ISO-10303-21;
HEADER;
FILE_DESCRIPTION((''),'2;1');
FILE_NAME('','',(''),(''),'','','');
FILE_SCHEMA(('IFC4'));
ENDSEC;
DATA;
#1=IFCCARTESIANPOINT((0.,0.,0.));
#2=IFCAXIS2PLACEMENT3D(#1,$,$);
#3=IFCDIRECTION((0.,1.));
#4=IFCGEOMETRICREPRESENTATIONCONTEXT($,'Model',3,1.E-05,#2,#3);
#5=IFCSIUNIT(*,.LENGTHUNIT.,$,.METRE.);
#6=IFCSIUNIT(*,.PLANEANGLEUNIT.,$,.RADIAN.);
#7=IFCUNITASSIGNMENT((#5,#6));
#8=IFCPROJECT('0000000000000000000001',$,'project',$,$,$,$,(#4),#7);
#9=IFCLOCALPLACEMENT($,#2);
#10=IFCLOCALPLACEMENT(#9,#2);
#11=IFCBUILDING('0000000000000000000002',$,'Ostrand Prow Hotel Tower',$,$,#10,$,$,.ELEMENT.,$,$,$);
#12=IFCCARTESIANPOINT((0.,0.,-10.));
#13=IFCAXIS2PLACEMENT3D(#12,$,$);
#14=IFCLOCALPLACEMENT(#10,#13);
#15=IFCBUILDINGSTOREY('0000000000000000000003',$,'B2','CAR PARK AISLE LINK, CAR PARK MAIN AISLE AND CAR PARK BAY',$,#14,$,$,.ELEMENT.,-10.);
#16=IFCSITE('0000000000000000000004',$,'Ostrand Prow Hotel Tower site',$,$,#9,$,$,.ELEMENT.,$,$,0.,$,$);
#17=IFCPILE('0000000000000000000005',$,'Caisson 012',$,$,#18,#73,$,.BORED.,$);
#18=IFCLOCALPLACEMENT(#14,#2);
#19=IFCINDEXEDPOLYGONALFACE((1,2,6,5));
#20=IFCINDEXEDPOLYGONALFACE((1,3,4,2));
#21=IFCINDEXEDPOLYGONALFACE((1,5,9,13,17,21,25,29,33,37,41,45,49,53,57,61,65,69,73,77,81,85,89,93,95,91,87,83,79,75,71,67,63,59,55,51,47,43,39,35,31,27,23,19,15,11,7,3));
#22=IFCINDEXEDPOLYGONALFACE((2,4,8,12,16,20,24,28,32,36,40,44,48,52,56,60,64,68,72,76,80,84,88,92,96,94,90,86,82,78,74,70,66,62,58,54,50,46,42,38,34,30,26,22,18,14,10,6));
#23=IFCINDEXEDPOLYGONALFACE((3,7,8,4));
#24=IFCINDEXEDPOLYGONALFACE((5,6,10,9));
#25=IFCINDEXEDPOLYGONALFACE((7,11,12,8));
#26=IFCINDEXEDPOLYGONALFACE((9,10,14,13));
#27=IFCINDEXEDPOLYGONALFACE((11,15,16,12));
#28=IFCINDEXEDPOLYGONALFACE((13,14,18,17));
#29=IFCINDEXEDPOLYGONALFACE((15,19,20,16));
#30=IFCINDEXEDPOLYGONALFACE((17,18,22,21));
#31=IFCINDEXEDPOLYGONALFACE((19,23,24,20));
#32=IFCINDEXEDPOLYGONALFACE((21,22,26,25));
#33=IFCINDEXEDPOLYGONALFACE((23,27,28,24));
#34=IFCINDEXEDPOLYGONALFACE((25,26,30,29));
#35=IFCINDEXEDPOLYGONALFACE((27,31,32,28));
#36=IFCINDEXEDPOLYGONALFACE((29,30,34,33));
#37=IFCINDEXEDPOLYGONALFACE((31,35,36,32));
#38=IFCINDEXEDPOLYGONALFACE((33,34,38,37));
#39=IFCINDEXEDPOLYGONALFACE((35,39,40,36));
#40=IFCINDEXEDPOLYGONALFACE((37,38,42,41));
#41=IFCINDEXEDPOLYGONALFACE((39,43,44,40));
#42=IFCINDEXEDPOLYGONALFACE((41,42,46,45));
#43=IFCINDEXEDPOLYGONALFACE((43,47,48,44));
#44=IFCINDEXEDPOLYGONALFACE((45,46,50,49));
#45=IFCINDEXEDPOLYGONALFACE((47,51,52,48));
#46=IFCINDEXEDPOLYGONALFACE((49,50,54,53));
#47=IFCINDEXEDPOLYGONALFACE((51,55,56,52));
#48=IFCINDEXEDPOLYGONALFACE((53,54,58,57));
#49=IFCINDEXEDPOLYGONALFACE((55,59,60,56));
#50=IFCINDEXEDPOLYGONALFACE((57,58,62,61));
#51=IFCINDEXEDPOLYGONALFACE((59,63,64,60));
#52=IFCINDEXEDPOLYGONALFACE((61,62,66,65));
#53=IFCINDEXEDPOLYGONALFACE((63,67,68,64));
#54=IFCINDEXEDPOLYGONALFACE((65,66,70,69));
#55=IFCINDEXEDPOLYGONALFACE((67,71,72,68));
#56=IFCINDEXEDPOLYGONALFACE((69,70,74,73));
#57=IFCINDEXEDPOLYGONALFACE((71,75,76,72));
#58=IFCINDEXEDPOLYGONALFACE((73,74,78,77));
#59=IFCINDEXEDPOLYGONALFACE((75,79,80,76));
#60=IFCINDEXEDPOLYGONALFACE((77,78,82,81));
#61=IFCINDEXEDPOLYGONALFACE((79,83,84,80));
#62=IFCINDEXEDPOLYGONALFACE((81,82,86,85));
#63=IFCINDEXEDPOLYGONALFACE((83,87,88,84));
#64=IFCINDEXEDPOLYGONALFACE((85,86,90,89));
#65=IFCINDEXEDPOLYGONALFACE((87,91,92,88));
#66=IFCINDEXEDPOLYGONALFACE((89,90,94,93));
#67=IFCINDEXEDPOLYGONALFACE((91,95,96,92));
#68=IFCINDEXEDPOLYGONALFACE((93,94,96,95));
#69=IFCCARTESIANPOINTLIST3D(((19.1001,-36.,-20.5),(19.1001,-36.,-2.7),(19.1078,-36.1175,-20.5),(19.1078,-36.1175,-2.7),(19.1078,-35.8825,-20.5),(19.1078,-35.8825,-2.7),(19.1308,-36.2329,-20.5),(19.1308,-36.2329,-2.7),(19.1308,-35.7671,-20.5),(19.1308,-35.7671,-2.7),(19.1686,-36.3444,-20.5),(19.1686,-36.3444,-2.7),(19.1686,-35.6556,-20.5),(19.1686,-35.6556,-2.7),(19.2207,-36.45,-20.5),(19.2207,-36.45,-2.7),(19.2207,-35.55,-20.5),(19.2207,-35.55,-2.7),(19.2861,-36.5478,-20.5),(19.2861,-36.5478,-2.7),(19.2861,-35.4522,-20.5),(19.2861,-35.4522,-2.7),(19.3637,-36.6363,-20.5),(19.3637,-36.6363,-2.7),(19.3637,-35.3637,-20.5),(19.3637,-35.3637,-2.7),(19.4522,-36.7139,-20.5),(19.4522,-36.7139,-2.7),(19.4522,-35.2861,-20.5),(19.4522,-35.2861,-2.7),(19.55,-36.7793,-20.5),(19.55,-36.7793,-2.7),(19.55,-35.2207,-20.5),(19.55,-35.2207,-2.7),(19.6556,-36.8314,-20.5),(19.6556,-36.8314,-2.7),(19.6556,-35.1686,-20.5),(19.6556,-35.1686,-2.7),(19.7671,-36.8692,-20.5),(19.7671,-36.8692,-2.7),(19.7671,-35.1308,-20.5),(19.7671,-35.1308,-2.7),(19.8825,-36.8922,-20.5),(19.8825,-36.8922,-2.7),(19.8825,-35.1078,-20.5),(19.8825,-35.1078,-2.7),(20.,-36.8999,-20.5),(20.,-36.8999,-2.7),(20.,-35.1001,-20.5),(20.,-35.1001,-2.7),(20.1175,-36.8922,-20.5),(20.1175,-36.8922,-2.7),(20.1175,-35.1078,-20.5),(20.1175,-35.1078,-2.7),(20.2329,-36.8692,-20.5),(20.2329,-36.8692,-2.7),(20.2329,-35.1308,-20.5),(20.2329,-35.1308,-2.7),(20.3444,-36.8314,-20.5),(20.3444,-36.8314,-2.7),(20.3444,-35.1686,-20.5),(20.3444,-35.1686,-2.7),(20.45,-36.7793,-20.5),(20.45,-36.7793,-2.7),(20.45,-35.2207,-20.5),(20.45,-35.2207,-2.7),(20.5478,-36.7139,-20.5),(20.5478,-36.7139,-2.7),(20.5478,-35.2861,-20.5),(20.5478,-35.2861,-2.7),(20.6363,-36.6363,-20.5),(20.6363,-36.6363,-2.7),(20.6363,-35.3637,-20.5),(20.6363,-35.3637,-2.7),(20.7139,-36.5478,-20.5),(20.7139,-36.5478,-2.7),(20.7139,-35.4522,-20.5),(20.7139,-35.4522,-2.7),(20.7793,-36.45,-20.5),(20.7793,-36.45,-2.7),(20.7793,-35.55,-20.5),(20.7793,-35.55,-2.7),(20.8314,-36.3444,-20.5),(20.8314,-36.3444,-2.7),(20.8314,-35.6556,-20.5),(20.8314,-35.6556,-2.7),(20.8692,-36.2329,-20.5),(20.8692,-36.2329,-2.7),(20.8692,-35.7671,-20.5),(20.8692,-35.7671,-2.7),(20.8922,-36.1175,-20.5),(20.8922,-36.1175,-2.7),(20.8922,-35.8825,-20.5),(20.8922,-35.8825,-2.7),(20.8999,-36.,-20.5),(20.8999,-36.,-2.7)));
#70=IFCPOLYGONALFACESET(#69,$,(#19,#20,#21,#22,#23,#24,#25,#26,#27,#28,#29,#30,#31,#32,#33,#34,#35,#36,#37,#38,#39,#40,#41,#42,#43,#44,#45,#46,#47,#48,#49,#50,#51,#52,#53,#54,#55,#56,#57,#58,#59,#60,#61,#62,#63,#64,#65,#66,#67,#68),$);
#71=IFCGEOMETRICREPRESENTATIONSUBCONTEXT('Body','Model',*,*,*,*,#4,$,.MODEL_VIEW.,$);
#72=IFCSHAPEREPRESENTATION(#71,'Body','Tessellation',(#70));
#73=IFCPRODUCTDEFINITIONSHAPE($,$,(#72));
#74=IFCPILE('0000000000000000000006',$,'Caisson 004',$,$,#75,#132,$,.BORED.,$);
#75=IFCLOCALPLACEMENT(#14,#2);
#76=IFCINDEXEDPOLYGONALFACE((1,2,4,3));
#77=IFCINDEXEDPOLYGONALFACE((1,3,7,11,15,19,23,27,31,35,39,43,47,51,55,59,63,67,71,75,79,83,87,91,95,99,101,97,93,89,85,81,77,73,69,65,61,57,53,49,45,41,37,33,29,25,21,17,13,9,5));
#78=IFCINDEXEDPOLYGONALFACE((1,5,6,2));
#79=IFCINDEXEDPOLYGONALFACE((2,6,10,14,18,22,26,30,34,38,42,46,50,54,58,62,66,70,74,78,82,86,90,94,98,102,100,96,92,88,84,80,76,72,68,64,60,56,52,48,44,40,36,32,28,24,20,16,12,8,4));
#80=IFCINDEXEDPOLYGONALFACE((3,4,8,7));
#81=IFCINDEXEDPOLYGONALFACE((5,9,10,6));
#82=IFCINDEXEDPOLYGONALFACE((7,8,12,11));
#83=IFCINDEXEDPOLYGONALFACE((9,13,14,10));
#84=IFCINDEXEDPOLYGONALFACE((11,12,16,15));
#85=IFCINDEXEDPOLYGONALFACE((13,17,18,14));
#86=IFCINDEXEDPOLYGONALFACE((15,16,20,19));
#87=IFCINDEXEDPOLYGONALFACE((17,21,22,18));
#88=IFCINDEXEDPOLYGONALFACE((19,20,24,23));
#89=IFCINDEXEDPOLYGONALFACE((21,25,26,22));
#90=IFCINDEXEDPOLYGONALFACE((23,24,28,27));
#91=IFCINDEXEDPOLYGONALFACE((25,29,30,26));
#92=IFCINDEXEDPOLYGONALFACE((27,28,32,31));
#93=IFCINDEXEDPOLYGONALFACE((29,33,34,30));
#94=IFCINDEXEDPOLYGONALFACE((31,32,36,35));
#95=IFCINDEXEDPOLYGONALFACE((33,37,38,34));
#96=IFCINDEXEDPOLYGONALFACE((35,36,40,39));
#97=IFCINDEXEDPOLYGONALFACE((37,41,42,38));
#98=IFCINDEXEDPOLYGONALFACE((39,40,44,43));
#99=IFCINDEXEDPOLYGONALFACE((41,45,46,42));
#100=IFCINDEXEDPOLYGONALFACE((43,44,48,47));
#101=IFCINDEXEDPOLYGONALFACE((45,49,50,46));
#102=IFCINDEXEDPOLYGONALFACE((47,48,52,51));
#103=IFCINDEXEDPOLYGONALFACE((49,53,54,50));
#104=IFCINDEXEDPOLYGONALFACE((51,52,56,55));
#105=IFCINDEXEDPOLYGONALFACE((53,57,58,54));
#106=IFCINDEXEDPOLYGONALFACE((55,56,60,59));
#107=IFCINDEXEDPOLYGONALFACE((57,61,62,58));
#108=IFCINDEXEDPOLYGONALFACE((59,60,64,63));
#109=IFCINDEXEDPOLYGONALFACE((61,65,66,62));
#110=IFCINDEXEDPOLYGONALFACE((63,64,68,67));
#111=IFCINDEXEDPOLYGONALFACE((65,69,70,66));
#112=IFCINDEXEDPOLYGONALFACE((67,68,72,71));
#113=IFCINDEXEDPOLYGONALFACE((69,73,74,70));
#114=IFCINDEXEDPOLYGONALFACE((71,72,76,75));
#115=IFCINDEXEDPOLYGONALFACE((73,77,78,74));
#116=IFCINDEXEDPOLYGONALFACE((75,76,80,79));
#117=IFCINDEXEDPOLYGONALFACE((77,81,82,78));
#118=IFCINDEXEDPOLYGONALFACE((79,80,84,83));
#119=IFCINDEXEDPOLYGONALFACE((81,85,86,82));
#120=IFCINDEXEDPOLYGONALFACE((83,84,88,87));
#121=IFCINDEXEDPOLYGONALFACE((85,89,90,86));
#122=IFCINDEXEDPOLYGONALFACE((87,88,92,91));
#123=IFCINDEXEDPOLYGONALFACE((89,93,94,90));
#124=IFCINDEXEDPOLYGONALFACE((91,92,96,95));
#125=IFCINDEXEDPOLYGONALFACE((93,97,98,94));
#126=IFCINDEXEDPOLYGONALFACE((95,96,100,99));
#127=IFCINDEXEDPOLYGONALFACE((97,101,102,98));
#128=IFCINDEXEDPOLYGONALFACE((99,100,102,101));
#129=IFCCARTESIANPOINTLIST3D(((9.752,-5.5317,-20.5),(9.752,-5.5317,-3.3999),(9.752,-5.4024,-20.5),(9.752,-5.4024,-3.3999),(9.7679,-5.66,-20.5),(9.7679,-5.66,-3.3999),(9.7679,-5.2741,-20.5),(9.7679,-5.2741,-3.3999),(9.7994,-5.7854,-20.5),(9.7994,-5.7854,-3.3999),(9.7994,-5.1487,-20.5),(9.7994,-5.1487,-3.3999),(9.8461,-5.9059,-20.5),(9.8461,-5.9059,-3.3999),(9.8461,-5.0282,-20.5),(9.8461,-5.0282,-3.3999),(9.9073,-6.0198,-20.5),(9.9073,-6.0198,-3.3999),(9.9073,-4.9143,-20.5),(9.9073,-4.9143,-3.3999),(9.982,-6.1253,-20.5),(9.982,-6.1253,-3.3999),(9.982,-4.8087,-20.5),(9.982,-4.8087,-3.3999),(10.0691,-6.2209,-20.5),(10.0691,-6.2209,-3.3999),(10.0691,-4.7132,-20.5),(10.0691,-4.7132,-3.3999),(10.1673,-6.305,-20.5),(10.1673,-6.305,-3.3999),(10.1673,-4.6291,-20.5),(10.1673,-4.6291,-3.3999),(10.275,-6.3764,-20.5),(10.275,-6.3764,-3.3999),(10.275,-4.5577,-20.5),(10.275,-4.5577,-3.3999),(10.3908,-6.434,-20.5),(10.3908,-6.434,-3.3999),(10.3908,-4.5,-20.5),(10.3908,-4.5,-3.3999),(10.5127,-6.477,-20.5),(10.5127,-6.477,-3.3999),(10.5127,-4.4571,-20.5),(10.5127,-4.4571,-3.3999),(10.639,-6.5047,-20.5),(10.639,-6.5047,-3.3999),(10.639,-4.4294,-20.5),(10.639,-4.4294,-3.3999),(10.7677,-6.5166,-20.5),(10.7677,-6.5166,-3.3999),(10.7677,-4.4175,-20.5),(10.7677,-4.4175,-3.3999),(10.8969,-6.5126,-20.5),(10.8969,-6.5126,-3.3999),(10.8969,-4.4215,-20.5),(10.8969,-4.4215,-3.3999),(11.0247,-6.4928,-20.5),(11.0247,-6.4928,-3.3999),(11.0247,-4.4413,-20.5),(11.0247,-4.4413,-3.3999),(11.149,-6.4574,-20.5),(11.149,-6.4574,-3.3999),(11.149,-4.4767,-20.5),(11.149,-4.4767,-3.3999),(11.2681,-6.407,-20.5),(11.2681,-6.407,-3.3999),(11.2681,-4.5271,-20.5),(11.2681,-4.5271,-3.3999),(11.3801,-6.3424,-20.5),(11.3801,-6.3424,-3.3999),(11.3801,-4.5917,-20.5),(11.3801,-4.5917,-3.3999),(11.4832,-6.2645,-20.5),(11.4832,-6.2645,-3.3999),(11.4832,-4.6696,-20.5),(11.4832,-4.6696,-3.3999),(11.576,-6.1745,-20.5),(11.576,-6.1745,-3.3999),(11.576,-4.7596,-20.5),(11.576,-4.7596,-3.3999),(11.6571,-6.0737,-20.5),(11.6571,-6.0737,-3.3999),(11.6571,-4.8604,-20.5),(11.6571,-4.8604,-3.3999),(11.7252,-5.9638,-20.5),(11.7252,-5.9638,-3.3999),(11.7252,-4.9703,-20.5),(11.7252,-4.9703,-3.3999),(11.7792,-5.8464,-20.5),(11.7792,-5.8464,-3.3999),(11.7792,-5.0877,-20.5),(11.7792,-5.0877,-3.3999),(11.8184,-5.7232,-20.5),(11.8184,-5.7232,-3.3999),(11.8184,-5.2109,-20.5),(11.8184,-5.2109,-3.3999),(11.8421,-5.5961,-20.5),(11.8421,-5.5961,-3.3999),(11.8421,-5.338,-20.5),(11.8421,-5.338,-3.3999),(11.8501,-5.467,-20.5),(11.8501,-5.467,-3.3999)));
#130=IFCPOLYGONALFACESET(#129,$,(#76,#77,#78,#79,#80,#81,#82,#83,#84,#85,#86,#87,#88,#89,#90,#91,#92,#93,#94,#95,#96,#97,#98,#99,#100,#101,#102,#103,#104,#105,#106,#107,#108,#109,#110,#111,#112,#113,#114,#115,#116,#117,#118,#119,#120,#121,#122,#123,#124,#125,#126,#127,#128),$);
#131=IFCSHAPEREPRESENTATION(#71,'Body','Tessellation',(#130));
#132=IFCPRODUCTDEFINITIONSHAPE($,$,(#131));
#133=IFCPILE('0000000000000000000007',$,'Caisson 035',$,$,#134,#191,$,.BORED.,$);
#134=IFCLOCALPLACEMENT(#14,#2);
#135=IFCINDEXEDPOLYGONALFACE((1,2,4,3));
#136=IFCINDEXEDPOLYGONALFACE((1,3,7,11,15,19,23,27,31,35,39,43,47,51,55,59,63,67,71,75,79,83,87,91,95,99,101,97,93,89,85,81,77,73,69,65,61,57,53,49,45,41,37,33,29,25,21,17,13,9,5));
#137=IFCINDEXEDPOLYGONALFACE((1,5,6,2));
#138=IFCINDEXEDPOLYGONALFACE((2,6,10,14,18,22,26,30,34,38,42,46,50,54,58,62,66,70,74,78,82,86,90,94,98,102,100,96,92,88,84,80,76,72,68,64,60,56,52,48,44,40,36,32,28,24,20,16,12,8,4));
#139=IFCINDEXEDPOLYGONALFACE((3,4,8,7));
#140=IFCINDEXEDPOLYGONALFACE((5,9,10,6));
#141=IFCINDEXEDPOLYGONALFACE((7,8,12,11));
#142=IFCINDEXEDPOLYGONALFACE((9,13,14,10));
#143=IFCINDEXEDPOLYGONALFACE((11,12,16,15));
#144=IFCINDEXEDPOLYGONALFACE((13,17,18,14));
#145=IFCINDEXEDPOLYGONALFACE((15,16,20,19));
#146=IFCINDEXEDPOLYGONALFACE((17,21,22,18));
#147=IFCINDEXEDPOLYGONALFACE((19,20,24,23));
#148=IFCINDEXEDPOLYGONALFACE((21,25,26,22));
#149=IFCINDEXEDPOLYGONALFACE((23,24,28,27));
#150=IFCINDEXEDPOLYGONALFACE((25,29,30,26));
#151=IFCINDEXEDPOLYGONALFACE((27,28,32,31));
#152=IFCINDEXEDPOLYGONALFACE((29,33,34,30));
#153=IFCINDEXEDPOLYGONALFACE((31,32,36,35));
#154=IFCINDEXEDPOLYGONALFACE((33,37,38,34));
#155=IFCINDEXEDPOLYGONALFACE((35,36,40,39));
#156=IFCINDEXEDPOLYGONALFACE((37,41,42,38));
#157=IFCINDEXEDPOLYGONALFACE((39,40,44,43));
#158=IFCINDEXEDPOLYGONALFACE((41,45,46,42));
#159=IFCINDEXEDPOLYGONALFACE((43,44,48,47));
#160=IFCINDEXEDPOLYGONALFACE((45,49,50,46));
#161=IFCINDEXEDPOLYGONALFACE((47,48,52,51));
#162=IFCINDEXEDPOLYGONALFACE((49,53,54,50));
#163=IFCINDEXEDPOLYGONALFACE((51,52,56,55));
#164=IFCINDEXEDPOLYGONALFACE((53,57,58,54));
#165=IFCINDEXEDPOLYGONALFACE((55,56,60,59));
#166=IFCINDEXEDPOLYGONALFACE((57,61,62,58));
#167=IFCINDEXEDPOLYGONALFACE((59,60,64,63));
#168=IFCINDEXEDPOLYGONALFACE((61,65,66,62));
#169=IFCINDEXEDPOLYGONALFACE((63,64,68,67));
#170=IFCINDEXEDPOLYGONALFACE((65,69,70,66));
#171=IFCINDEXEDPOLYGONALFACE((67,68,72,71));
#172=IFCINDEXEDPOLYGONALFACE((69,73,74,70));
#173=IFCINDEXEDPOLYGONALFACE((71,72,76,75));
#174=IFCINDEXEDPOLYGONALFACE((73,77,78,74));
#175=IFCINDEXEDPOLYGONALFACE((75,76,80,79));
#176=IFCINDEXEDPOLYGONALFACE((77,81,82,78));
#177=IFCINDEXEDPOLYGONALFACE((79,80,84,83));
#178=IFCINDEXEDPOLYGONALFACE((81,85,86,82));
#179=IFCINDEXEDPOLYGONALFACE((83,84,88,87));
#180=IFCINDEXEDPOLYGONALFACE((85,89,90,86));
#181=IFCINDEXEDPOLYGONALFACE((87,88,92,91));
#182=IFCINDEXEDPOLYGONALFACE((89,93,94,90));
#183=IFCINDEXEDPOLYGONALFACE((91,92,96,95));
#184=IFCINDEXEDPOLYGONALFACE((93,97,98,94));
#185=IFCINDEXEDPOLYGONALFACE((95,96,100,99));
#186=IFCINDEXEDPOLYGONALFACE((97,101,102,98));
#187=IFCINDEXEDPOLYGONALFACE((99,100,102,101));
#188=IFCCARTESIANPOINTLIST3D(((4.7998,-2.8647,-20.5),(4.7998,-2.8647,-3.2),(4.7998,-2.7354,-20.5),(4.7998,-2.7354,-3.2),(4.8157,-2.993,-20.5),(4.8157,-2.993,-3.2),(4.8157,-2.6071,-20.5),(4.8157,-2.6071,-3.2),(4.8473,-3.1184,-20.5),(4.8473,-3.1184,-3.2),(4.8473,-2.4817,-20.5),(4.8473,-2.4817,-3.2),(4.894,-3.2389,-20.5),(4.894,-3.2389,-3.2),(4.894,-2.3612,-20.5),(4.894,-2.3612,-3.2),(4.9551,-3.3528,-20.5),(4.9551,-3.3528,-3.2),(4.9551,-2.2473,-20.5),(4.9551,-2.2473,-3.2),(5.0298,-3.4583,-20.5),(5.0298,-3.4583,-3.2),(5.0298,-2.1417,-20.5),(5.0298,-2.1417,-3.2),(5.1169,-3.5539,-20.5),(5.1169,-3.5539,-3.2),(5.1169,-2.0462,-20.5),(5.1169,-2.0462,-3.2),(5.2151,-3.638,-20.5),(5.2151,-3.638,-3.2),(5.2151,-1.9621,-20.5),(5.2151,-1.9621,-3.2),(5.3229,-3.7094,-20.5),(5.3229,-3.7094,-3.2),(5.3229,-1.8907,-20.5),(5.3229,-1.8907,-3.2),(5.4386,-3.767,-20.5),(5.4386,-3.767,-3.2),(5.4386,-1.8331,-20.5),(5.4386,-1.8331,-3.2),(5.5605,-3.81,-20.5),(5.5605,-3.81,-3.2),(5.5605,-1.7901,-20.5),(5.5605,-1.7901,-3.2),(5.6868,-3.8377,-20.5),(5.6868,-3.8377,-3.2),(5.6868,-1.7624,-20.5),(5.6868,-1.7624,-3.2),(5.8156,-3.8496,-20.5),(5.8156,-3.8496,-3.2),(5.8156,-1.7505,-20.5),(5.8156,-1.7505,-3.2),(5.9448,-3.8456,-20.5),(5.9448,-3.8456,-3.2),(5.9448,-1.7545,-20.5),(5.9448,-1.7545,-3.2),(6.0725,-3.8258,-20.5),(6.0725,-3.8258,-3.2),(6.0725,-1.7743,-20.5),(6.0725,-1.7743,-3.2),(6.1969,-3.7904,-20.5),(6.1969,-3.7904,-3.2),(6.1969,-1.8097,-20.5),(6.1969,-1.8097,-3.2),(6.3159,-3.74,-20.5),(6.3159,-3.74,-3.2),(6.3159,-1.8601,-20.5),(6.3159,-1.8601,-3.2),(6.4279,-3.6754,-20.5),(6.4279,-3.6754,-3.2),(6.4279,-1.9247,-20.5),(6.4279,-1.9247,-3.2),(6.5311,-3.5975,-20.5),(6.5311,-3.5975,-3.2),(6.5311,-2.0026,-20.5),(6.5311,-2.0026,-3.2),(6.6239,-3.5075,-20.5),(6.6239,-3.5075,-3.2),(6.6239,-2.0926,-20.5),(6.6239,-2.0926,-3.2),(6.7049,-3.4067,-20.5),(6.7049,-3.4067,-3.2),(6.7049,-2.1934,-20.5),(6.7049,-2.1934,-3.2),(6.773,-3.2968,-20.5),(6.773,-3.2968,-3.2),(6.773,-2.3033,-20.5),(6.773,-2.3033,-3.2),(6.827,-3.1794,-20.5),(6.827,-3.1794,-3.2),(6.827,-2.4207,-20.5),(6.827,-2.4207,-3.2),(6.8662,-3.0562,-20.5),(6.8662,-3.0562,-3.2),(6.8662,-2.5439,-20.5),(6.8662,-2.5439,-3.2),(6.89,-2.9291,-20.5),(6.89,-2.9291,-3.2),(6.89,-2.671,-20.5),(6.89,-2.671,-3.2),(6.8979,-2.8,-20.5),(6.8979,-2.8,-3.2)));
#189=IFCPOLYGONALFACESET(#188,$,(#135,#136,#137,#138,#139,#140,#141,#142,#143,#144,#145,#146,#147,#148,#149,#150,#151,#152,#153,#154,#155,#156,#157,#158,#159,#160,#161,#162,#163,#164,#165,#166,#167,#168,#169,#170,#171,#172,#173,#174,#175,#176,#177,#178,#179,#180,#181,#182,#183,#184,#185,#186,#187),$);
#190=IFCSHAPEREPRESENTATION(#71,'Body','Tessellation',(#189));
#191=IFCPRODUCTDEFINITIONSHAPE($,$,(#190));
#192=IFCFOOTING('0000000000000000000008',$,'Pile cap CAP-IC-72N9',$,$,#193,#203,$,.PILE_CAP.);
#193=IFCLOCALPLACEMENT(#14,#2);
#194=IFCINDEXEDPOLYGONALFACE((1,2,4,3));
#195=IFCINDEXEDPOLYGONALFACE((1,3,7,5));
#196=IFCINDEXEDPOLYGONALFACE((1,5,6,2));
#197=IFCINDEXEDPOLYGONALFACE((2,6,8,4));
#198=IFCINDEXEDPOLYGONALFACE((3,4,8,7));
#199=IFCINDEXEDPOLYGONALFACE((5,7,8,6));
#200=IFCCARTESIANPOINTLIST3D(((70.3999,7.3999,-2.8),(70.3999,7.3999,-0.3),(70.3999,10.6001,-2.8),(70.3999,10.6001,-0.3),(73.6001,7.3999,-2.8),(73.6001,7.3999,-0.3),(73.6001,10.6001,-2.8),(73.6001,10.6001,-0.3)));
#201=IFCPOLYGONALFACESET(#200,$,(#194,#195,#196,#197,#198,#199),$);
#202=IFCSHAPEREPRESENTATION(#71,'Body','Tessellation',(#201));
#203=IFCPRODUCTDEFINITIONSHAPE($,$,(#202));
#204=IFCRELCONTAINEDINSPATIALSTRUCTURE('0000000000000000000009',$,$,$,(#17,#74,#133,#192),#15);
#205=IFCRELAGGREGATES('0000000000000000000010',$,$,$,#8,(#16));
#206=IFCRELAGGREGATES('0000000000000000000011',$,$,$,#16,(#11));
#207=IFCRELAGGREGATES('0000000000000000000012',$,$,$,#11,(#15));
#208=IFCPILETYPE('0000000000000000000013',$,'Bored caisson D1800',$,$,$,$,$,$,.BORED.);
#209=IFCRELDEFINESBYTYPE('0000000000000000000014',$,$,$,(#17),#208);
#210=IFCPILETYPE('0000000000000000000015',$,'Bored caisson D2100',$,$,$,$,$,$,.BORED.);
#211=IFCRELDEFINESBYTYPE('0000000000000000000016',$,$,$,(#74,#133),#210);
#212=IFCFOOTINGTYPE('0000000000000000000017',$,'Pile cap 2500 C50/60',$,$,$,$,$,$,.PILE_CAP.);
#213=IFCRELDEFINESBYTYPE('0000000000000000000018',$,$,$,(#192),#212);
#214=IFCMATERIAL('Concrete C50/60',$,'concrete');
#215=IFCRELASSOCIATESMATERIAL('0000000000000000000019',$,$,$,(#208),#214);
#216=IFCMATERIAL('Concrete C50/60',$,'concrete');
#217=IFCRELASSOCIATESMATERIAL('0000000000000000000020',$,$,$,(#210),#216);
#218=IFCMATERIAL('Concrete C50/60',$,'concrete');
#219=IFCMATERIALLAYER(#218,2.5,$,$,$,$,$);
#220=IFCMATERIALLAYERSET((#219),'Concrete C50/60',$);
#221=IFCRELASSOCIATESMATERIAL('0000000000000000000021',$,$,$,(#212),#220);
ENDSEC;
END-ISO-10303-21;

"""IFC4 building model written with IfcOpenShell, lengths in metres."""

from ifc_helpers import new_model, si_unit, direction, frame, origin, origin_2d, place, context, subcontext, project, spatial, polyline, circle, outline, extrude, material, layer, layer_set, type_object, element, save


model = new_model("IFC4")

# Units and contexts
model_context = context("Model", 3, precision=1e-05, world=origin(), true_north=direction((0.0, 1.0)))
body_context = subcontext(model_context, "Body", "Model", "MODEL_VIEW")
ifc_project = project(units=[si_unit("LENGTHUNIT", "METRE"), si_unit("PLANEANGLEUNIT", "RADIAN")], contexts=[model_context])

# Site, building, storey
site_placement = place(None, origin())
site = spatial("IfcSite", under=ifc_project, at=site_placement, Name="Ostrand Prow Hotel Tower site", CompositionType="ELEMENT", RefElevation=0.0)
building_placement = place(site_placement, origin())
building = spatial("IfcBuilding", under=site, at=building_placement, Name="Ostrand Prow Hotel Tower", CompositionType="ELEMENT")
storey_placement = place(building_placement, frame((0.0, 0.0, -10.0)))
storey = spatial("IfcBuildingStorey", under=building, at=storey_placement, Name="B2", Description="CAR PARK AISLE LINK, CAR PARK MAIN AISLE AND CAR PARK BAY", CompositionType="ELEMENT", Elevation=-10.0)

# Piles
ifc_material_1 = material(Name="Concrete C50/60", Category="concrete")
pile_type_1 = type_object("IfcPileType", Name="Bored caisson D1800", PredefinedType="BORED", material=ifc_material_1)
pile_1_placement = place(storey_placement, frame((20.0, -36.0, -2.7), z_axis=(0.0, 0.0, -1.0), x_axis=(1.0, 0.0, 0.0)))
element("IfcPile", 1, at=pile_1_placement, inside=storey, type_object=pile_type_1, Name="Caisson 012", PredefinedType="BORED", context=body_context, shape_type="SweptSolid", body=[
    extrude(circle(Radius=0.8999, at=origin_2d()), origin(), (0.0, 0.0, 1.0), 17.8),
])
ifc_material_2 = material(Name="Concrete C50/60", Category="concrete")
pile_type_2 = type_object("IfcPileType", Name="Bored caisson D2100", PredefinedType="BORED", material=ifc_material_2)
pile_2_placement = place(storey_placement, frame((10.8, -5.467, -3.3999), z_axis=(0.0, 0.0, -1.0), x_axis=(1.0, 0.0, 0.0)))
element("IfcPile", 2, at=pile_2_placement, inside=storey, type_object=pile_type_2, Name="Caisson 004", PredefinedType="BORED", context=body_context, shape_type="SweptSolid", body=[
    extrude(circle(Radius=1.05, at=origin_2d()), origin(), (0.0, 0.0, 1.0), 17.1001),
])
pile_3_placement = place(storey_placement, frame((5.8479, -2.8, -3.2), z_axis=(0.0, 0.0, -1.0), x_axis=(1.0, 0.0, 0.0)))
element("IfcPile", 3, at=pile_3_placement, inside=storey, type_object=pile_type_2, Name="Caisson 035", PredefinedType="BORED", context=body_context, shape_type="SweptSolid", body=[
    extrude(circle(Radius=1.05, at=origin_2d()), origin(), (0.0, 0.0, 1.0), 17.3),
])

# Footing
ifc_material_3 = material(Name="Concrete C50/60", Category="concrete")
ifc_layer_1 = layer(ifc_material_3, 2.5)
ifc_layer_set_1 = layer_set([ifc_layer_1], Name="Concrete C50/60")
footing_type_1 = type_object("IfcFootingType", Name="Pile cap 2500 C50/60", PredefinedType="PILE_CAP", material=ifc_layer_set_1)
footing_1_placement = place(storey_placement, frame((0.0, 0.0, -2.8)))
element("IfcFooting", 4, at=footing_1_placement, inside=storey, type_object=footing_type_1, Name="Pile cap CAP-IC-72N9", PredefinedType="PILE_CAP", context=body_context, shape_type="SweptSolid", body=[
    extrude(outline(polyline([(73.6001, 7.3999), (73.6001, 10.6001), (70.3999, 10.6001), (70.3999, 7.3999), (73.6001, 7.3999)])), origin(), (0.0, 0.0, 1.0), 2.5),
])

save(model, "model.ifc")
